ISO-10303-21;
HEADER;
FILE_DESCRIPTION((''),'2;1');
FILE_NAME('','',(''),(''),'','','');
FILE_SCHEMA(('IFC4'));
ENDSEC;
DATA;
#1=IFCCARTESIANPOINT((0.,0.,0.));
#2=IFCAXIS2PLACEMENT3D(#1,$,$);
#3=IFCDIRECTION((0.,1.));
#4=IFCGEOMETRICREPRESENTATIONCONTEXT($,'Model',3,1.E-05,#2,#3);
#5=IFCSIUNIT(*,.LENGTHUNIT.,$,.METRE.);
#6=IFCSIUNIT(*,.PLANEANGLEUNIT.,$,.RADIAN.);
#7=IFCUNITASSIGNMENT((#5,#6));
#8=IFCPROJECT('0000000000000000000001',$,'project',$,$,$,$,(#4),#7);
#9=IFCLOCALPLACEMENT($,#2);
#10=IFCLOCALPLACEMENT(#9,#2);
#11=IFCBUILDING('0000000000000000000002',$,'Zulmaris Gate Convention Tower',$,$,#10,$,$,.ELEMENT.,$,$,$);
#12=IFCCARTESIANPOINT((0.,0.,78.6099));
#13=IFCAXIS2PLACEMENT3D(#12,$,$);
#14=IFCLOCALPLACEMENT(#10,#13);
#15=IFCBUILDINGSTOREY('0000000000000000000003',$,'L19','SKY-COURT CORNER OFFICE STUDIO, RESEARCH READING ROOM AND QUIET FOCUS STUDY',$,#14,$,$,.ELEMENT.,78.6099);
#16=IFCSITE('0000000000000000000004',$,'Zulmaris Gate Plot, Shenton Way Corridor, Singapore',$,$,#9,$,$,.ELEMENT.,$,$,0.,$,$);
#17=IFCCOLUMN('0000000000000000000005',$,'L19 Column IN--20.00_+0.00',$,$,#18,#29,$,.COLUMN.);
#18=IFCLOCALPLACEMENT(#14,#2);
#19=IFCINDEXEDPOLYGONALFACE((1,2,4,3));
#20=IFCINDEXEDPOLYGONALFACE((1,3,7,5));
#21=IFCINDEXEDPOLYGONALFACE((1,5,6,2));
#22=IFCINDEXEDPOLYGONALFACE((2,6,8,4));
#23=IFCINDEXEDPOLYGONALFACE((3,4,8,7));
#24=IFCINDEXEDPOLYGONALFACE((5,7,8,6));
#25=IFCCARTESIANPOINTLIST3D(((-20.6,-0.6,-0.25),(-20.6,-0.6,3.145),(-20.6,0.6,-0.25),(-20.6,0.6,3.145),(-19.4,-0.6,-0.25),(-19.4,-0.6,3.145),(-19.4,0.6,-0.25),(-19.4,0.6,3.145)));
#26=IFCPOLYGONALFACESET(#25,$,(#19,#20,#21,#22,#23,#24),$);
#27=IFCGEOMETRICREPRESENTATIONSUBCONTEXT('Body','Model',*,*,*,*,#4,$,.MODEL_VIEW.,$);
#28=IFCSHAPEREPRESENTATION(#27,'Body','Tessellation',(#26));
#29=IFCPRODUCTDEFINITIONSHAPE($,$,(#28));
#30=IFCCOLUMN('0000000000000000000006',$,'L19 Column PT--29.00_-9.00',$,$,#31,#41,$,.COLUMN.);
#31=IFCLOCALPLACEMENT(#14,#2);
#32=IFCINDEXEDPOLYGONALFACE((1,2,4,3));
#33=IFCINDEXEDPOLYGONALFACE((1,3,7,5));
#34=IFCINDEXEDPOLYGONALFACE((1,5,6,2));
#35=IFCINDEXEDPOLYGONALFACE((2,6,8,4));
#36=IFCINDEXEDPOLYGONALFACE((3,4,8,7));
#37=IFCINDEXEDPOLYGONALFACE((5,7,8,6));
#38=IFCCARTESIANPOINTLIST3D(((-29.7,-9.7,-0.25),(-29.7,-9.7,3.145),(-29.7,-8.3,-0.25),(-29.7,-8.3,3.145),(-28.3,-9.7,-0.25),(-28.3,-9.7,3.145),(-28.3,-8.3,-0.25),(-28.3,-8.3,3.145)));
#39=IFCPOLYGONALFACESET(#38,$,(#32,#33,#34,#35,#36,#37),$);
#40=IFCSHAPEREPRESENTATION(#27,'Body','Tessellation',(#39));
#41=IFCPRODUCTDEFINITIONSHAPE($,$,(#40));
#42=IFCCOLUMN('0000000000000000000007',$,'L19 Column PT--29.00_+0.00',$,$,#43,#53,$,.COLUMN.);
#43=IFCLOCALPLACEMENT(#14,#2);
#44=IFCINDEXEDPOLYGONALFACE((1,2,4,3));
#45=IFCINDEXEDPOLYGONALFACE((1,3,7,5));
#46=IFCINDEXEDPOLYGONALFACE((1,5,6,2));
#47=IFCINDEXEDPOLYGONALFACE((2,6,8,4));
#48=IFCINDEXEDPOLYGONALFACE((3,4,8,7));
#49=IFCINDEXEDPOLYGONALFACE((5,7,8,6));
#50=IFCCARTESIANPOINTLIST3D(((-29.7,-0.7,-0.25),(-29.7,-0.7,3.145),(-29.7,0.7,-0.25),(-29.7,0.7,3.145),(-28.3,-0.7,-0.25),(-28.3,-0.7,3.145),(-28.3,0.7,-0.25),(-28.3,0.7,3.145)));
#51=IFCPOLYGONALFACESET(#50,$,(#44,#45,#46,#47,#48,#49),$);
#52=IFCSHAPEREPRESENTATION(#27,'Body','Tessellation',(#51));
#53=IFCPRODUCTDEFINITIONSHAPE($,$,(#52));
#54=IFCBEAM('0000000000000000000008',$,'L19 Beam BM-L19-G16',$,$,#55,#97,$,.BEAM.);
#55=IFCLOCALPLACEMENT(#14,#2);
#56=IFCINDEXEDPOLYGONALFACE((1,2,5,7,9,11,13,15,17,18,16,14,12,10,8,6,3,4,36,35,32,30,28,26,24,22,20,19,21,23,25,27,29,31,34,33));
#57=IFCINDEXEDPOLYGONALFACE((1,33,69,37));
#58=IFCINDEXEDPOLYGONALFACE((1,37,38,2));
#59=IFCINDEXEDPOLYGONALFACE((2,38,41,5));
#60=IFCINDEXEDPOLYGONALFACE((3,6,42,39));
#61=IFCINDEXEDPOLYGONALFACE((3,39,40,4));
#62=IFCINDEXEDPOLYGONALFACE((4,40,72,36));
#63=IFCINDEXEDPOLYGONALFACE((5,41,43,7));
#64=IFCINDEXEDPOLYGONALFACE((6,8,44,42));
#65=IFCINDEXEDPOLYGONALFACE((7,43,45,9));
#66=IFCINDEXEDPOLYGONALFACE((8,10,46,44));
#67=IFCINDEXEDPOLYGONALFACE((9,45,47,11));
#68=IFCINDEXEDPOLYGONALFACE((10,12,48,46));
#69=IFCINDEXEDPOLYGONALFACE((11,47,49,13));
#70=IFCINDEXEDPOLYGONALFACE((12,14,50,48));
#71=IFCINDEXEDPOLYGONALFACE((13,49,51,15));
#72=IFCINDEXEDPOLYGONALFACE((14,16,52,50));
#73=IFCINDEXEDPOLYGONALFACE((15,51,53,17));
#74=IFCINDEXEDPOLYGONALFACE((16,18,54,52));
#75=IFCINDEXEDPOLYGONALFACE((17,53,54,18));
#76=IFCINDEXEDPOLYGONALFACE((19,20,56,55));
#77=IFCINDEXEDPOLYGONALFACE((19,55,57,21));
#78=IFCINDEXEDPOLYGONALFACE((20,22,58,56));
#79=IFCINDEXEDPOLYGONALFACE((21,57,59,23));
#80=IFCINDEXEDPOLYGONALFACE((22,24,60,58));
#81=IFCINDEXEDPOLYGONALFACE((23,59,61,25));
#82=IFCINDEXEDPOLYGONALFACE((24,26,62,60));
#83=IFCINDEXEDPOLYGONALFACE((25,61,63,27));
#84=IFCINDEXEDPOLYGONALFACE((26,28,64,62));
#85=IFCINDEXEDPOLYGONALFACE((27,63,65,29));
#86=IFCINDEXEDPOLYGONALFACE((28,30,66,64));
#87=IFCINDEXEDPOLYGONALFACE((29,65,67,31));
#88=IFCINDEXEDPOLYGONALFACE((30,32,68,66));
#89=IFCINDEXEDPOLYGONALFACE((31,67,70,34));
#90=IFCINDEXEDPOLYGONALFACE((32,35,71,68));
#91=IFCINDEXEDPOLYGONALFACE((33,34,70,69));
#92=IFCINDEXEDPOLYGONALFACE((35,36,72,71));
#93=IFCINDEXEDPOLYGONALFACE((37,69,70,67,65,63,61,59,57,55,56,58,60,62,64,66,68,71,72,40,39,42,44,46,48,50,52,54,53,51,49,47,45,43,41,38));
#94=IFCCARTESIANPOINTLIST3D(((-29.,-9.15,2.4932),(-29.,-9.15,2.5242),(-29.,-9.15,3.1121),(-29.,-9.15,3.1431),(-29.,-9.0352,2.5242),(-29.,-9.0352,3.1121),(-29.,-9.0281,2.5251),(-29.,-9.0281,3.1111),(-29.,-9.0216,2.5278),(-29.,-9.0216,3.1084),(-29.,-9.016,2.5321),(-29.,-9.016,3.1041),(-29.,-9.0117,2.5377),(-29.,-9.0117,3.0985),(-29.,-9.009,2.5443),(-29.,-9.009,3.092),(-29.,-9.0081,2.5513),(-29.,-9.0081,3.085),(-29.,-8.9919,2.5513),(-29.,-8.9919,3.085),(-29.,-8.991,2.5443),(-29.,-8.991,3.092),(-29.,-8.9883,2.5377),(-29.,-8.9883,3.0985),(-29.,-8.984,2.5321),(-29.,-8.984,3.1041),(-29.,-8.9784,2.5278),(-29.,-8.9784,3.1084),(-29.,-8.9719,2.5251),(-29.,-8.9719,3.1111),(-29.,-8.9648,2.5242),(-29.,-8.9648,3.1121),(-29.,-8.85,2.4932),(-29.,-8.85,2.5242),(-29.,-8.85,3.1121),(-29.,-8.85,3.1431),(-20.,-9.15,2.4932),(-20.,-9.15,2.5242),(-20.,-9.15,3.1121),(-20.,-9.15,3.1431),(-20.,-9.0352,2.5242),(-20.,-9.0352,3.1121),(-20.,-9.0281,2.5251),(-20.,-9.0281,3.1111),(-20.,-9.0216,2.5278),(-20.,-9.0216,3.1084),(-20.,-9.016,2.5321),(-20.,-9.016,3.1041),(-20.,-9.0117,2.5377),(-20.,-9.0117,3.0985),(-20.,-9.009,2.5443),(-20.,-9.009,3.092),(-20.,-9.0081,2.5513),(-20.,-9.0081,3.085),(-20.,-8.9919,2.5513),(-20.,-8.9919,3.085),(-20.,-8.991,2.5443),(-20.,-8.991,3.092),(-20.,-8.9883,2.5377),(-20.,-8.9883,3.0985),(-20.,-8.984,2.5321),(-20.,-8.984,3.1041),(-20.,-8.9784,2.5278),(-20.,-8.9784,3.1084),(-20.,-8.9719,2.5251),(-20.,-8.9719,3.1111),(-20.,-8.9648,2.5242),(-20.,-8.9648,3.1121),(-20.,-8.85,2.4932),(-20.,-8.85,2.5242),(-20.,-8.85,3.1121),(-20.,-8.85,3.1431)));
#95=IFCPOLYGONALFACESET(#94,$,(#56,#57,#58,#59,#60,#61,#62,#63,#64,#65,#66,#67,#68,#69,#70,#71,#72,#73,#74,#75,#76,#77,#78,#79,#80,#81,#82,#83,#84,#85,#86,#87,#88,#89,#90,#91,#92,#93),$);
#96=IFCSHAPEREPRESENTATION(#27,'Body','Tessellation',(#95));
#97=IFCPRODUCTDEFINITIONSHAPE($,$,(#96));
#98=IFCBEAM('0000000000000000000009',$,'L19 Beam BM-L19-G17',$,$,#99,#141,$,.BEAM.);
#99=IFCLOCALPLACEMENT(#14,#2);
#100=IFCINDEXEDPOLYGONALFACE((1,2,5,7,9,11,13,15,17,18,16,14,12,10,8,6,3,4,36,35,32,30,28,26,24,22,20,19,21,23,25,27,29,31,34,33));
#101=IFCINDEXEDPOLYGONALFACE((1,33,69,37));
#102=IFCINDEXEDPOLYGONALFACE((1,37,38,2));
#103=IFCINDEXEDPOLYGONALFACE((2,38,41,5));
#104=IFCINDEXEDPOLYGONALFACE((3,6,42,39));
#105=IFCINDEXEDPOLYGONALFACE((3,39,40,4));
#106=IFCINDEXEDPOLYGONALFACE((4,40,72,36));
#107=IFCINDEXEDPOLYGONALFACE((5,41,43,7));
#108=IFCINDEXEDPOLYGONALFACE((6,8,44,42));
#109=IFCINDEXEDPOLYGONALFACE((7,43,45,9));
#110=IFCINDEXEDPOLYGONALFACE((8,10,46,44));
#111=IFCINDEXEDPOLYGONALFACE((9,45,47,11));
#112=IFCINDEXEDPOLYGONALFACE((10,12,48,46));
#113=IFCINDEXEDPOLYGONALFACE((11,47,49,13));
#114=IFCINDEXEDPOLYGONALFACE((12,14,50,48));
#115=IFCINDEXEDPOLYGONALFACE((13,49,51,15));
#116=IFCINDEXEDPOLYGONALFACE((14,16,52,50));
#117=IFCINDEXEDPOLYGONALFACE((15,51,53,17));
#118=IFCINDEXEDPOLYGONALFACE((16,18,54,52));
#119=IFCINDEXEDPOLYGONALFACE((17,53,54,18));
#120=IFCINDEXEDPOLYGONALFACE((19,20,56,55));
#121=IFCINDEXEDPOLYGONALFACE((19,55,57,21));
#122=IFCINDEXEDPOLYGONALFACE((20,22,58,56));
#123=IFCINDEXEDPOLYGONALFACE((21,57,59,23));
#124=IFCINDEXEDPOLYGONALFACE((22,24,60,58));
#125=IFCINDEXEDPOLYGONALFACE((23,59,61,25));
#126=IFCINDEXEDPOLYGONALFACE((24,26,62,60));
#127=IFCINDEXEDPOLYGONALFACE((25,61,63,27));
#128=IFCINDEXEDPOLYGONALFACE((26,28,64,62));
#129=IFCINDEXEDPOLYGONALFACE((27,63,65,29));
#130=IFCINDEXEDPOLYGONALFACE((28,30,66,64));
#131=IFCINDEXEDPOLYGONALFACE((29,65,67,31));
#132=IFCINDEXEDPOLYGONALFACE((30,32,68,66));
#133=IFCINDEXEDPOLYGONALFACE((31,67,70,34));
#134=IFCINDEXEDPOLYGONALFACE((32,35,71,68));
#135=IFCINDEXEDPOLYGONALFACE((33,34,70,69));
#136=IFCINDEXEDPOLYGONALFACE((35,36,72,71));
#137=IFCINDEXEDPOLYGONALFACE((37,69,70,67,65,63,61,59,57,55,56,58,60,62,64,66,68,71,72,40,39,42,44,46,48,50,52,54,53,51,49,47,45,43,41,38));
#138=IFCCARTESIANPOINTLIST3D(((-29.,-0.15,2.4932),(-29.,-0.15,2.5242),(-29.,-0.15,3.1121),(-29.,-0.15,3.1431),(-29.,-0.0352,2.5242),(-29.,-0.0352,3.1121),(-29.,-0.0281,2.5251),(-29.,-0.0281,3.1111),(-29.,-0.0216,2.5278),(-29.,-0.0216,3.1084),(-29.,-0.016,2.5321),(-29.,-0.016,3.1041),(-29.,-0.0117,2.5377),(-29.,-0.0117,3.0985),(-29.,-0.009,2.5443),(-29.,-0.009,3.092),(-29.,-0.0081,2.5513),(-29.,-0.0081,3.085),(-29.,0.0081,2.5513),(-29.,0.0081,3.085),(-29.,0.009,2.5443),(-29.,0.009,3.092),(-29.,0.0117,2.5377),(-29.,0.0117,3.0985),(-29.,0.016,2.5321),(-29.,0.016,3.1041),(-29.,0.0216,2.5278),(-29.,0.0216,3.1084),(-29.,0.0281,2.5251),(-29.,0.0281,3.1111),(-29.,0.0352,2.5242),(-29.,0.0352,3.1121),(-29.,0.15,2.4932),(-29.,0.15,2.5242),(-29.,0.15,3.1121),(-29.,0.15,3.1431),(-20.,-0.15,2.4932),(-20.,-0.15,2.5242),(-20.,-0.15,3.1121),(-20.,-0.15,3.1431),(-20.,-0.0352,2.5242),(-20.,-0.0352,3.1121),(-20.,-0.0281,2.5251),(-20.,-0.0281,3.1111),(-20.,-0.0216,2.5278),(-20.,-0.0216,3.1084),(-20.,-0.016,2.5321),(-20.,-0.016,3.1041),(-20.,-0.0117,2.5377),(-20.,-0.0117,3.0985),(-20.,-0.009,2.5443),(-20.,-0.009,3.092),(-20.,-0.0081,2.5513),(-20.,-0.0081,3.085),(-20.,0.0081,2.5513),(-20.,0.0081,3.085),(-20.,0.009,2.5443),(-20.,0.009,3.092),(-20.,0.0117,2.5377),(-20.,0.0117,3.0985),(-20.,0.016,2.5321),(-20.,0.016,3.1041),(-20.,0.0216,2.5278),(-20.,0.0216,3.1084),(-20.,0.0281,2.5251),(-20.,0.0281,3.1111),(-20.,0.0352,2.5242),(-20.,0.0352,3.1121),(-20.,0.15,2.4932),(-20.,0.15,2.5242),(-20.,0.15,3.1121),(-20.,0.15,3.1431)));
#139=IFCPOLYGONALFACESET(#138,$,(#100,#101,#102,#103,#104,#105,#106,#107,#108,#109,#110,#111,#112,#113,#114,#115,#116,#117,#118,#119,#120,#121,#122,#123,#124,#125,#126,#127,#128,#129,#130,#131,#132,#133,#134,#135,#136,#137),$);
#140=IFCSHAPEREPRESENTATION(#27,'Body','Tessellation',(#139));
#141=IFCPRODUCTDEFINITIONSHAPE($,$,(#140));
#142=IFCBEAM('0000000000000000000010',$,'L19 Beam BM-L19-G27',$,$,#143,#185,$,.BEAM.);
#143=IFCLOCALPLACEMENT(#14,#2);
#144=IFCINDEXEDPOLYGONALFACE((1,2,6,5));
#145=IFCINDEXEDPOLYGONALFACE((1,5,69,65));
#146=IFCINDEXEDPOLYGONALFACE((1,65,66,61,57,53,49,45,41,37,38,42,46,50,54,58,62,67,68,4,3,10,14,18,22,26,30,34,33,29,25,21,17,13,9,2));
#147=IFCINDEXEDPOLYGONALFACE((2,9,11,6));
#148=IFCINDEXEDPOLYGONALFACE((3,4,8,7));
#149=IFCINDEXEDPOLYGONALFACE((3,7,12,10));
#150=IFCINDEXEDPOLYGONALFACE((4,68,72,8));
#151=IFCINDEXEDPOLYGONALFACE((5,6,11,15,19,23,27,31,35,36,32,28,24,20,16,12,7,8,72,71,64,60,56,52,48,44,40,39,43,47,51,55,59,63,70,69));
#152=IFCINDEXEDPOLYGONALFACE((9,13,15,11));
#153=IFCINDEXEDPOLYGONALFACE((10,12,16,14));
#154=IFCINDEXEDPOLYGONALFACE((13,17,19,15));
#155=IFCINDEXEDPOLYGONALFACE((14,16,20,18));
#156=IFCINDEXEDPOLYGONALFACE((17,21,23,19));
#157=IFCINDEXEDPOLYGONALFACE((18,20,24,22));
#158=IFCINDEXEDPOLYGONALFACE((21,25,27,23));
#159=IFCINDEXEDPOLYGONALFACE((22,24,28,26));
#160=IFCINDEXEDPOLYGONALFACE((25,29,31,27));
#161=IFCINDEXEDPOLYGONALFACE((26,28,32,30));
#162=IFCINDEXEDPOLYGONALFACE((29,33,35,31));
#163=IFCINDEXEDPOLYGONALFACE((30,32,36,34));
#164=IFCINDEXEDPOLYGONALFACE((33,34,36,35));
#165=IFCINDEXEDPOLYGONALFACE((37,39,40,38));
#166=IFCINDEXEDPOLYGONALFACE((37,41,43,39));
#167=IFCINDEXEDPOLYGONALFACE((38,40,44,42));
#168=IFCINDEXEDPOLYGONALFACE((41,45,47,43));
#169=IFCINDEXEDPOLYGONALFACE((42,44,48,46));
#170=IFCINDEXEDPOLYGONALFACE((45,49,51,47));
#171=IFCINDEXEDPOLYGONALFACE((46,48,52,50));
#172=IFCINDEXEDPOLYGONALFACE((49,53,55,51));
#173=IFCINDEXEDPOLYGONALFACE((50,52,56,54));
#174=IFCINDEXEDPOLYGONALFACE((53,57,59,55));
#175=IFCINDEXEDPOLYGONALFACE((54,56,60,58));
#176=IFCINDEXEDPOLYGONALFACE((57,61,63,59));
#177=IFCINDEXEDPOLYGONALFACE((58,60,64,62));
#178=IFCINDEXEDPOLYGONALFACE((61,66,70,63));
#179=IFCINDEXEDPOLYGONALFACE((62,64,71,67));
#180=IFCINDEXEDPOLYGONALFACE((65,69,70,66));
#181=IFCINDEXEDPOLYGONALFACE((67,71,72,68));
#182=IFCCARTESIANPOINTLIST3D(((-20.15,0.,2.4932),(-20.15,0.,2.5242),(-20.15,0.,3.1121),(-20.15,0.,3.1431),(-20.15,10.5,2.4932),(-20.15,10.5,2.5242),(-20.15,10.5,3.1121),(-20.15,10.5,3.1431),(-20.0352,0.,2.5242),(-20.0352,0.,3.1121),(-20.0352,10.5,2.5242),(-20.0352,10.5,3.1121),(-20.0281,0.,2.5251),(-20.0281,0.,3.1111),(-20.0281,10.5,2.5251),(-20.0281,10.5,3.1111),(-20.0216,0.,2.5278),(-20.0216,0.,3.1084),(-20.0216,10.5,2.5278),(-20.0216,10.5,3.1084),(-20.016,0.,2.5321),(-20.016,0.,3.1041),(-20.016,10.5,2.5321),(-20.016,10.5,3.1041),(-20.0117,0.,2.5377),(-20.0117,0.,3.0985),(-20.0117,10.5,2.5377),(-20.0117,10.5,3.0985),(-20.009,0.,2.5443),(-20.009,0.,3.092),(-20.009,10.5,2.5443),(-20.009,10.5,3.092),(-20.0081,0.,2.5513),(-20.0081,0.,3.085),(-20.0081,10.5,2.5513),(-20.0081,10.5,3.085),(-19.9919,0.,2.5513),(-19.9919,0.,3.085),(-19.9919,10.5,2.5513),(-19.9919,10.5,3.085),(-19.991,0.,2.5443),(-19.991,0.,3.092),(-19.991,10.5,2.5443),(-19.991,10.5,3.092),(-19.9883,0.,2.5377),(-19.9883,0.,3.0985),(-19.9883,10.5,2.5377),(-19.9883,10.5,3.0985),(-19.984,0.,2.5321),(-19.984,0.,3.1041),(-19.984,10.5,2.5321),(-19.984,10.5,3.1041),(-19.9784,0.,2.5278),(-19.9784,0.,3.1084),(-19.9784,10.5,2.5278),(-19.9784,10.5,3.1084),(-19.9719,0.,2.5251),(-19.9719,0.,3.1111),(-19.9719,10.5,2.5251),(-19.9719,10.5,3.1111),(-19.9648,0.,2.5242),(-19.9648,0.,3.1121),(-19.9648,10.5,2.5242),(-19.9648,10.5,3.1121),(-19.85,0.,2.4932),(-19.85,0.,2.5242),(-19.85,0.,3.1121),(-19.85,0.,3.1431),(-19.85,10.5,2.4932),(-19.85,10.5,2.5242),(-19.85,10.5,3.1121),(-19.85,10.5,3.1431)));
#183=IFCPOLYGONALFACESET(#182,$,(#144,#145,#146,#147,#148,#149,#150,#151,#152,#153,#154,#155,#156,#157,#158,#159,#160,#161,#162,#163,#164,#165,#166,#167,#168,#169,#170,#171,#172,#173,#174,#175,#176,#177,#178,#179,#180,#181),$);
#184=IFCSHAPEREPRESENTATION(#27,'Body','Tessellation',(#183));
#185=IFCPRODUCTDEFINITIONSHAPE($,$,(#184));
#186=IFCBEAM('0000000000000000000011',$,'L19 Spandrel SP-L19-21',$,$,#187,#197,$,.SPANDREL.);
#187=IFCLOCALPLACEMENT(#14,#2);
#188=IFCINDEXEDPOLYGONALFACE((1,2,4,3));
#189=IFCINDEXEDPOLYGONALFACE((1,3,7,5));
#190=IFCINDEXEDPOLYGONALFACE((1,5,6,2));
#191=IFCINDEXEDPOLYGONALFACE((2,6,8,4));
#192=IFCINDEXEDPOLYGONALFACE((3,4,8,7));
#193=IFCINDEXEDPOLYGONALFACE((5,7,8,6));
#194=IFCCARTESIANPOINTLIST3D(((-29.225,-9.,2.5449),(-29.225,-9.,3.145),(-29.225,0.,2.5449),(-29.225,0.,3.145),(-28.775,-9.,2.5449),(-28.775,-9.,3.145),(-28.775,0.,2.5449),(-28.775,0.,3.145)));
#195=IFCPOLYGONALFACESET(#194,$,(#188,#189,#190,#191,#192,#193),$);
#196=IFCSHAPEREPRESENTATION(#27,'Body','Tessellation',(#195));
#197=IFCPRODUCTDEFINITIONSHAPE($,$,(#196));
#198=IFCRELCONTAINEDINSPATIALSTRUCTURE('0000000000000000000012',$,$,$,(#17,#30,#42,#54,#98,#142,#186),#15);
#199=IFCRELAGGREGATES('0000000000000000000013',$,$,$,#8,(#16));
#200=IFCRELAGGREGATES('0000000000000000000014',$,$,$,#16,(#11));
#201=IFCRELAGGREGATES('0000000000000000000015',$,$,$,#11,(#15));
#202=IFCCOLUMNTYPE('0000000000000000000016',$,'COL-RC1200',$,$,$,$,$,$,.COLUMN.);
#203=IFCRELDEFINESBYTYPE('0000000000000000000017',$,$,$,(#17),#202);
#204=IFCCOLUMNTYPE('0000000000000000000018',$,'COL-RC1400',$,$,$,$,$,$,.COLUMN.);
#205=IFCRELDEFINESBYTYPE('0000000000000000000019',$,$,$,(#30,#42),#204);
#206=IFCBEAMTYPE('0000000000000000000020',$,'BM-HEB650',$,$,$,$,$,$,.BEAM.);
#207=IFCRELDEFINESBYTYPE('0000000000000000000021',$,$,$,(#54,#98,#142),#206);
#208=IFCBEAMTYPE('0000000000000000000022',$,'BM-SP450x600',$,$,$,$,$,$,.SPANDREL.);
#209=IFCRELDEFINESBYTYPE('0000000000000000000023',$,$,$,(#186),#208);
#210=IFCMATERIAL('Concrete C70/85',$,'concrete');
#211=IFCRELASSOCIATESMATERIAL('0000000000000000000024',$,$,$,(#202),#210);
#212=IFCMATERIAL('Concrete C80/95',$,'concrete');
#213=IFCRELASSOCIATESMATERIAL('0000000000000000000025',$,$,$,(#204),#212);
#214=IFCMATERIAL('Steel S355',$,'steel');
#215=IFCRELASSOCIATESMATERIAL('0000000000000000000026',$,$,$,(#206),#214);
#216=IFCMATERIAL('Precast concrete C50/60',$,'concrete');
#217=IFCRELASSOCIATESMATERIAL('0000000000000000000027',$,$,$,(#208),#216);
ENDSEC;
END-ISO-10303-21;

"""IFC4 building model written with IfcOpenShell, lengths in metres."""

from ifc_helpers import new_model, si_unit, direction, frame, origin, origin_2d, place, context, subcontext, project, spatial, rectangle, i_section, extrude, material, material_profile, profile_set, type_object, element, save


model = new_model("IFC4")

# Units and contexts
model_context = context("Model", 3, precision=1e-05, world=origin(), true_north=direction((0.0, 1.0)))
body_context = subcontext(model_context, "Body", "Model", "MODEL_VIEW")
ifc_project = project(units=[si_unit("LENGTHUNIT", "METRE"), si_unit("PLANEANGLEUNIT", "RADIAN")], contexts=[model_context])

# Site, building, storey
site_placement = place(None, origin())
site = spatial("IfcSite", under=ifc_project, at=site_placement, Name="Zulmaris Gate Plot, Shenton Way Corridor, Singapore", CompositionType="ELEMENT", RefElevation=0.0)
building_placement = place(site_placement, origin())
building = spatial("IfcBuilding", under=site, at=building_placement, Name="Zulmaris Gate Convention Tower", CompositionType="ELEMENT")
storey_placement = place(building_placement, frame((0.0, 0.0, 78.6099)))
storey = spatial("IfcBuildingStorey", under=building, at=storey_placement, Name="L19", Description="SKY-COURT CORNER OFFICE STUDIO, RESEARCH READING ROOM AND QUIET FOCUS STUDY", CompositionType="ELEMENT", Elevation=78.6099)

# Columns
ifc_material_1 = material(Name="Concrete C70/85", Category="concrete")
ifc_material_profile_1 = material_profile(ifc_material_1, rectangle(XDim=1.2, YDim=1.2, at=origin_2d()), Name="RC COL 1200x1200")
ifc_profile_set_1 = profile_set([ifc_material_profile_1], Name="Concrete C70/85")
column_type_1 = type_object("IfcColumnType", Name="COL-RC1200", PredefinedType="COLUMN", material=ifc_profile_set_1)
column_placement = place(storey_placement, frame((-20.0, 0.0, -0.25), z_axis=(0.0, 0.0, 1.0), x_axis=(1.0, 0.0, 0.0)))
element("IfcColumn", 1, at=column_placement, inside=storey, type_object=column_type_1, Name="L19 Column IN--20.00_+0.00", PredefinedType="COLUMN", context=body_context, shape_type="SweptSolid", body=[
    extrude(rectangle(XDim=1.2, YDim=1.2, at=origin_2d()), origin(), (0.0, 0.0, 1.0), 3.395),
])
ifc_material_2 = material(Name="Concrete C80/95", Category="concrete")
ifc_material_profile_2 = material_profile(ifc_material_2, rectangle(XDim=1.3999, YDim=1.3999, at=origin_2d()), Name="RC COL 1400x1400")
ifc_profile_set_2 = profile_set([ifc_material_profile_2], Name="Concrete C80/95")
column_type_2 = type_object("IfcColumnType", Name="COL-RC1400", PredefinedType="COLUMN", material=ifc_profile_set_2)
for number, where, z_axis, x_axis, name in (
    (2, (-29.0, -9.0, -0.25), (0.0, 0.0, 1.0), (1.0, 0.0, 0.0), "L19 Column PT--29.00_-9.00"),
    (3, (-29.0, 0.0, -0.25), (0.0, 0.0, 1.0), (1.0, 0.0, 0.0), "L19 Column PT--29.00_+0.00"),
):
    element("IfcColumn", number, at=place(storey_placement, frame(where, z_axis=z_axis, x_axis=x_axis)), inside=storey, type_object=column_type_2, Name=name, PredefinedType="COLUMN", context=body_context, shape_type="SweptSolid", body=[
        extrude(rectangle(XDim=1.3999, YDim=1.3999, at=origin_2d()), origin(), (0.0, 0.0, 1.0), 3.395),
    ])

# Beams
ifc_material_3 = material(Name="Steel S355", Category="steel")
ifc_material_profile_3 = material_profile(ifc_material_3, i_section(OverallWidth=0.3, OverallDepth=0.6499, WebThickness=0.0161, FlangeThickness=0.031, FilletRadius=0.0271, at=origin_2d()), Name="HEB 650")
ifc_profile_set_3 = profile_set([ifc_material_profile_3], Name="Steel S355")
beam_type_1 = type_object("IfcBeamType", Name="BM-HEB650", PredefinedType="BEAM", material=ifc_profile_set_3)
for number, where, z_axis, x_axis, name in (
    (4, (-29.0, -9.0, 2.8181), (1.0, 0.0, 0.0), (0.0, 1.0, 0.0), "L19 Beam BM-L19-G16"),
    (5, (-29.0, 0.0, 2.8181), (1.0, 0.0, 0.0), (0.0, 1.0, 0.0), "L19 Beam BM-L19-G17"),
):
    element("IfcBeam", number, at=place(storey_placement, frame(where, z_axis=z_axis, x_axis=x_axis)), inside=storey, type_object=beam_type_1, Name=name, PredefinedType="BEAM", context=body_context, shape_type="SweptSolid", body=[
        extrude(i_section(OverallWidth=0.3, OverallDepth=0.6499, WebThickness=0.0161, FlangeThickness=0.031, FilletRadius=0.0271, at=origin_2d()), origin(), (0.0, 0.0, 1.0), 9.0),
    ])
beam_1_placement = place(storey_placement, frame((-20.0, 0.0, 2.8181), z_axis=(0.0, 1.0, 0.0), x_axis=(-1.0, 0.0, 0.0)))
element("IfcBeam", 6, at=beam_1_placement, inside=storey, type_object=beam_type_1, Name="L19 Beam BM-L19-G27", PredefinedType="BEAM", context=body_context, shape_type="SweptSolid", body=[
    extrude(i_section(OverallWidth=0.3, OverallDepth=0.6499, WebThickness=0.0161, FlangeThickness=0.031, FilletRadius=0.0271, at=origin_2d()), origin(), (0.0, 0.0, 1.0), 10.5),
])
ifc_material_4 = material(Name="Precast concrete C50/60", Category="concrete")
ifc_material_profile_4 = material_profile(ifc_material_4, rectangle(XDim=0.45, YDim=0.6001, at=origin_2d()), Name="RC SPANDREL 450x600")
ifc_profile_set_4 = profile_set([ifc_material_profile_4], Name="Precast concrete C50/60")
beam_type_2 = type_object("IfcBeamType", Name="BM-SP450x600", PredefinedType="SPANDREL", material=ifc_profile_set_4)
beam_2_placement = place(storey_placement, frame((-29.0, 0.0, 2.845), z_axis=(0.0, -1.0, 0.0), x_axis=(1.0, 0.0, 0.0)))
element("IfcBeam", 7, at=beam_2_placement, inside=storey, type_object=beam_type_2, Name="L19 Spandrel SP-L19-21", PredefinedType="SPANDREL", context=body_context, shape_type="SweptSolid", body=[
    extrude(rectangle(XDim=0.45, YDim=0.6001, at=origin_2d()), origin(), (0.0, 0.0, 1.0), 9.0),
])

save(model, "model.ifc")
